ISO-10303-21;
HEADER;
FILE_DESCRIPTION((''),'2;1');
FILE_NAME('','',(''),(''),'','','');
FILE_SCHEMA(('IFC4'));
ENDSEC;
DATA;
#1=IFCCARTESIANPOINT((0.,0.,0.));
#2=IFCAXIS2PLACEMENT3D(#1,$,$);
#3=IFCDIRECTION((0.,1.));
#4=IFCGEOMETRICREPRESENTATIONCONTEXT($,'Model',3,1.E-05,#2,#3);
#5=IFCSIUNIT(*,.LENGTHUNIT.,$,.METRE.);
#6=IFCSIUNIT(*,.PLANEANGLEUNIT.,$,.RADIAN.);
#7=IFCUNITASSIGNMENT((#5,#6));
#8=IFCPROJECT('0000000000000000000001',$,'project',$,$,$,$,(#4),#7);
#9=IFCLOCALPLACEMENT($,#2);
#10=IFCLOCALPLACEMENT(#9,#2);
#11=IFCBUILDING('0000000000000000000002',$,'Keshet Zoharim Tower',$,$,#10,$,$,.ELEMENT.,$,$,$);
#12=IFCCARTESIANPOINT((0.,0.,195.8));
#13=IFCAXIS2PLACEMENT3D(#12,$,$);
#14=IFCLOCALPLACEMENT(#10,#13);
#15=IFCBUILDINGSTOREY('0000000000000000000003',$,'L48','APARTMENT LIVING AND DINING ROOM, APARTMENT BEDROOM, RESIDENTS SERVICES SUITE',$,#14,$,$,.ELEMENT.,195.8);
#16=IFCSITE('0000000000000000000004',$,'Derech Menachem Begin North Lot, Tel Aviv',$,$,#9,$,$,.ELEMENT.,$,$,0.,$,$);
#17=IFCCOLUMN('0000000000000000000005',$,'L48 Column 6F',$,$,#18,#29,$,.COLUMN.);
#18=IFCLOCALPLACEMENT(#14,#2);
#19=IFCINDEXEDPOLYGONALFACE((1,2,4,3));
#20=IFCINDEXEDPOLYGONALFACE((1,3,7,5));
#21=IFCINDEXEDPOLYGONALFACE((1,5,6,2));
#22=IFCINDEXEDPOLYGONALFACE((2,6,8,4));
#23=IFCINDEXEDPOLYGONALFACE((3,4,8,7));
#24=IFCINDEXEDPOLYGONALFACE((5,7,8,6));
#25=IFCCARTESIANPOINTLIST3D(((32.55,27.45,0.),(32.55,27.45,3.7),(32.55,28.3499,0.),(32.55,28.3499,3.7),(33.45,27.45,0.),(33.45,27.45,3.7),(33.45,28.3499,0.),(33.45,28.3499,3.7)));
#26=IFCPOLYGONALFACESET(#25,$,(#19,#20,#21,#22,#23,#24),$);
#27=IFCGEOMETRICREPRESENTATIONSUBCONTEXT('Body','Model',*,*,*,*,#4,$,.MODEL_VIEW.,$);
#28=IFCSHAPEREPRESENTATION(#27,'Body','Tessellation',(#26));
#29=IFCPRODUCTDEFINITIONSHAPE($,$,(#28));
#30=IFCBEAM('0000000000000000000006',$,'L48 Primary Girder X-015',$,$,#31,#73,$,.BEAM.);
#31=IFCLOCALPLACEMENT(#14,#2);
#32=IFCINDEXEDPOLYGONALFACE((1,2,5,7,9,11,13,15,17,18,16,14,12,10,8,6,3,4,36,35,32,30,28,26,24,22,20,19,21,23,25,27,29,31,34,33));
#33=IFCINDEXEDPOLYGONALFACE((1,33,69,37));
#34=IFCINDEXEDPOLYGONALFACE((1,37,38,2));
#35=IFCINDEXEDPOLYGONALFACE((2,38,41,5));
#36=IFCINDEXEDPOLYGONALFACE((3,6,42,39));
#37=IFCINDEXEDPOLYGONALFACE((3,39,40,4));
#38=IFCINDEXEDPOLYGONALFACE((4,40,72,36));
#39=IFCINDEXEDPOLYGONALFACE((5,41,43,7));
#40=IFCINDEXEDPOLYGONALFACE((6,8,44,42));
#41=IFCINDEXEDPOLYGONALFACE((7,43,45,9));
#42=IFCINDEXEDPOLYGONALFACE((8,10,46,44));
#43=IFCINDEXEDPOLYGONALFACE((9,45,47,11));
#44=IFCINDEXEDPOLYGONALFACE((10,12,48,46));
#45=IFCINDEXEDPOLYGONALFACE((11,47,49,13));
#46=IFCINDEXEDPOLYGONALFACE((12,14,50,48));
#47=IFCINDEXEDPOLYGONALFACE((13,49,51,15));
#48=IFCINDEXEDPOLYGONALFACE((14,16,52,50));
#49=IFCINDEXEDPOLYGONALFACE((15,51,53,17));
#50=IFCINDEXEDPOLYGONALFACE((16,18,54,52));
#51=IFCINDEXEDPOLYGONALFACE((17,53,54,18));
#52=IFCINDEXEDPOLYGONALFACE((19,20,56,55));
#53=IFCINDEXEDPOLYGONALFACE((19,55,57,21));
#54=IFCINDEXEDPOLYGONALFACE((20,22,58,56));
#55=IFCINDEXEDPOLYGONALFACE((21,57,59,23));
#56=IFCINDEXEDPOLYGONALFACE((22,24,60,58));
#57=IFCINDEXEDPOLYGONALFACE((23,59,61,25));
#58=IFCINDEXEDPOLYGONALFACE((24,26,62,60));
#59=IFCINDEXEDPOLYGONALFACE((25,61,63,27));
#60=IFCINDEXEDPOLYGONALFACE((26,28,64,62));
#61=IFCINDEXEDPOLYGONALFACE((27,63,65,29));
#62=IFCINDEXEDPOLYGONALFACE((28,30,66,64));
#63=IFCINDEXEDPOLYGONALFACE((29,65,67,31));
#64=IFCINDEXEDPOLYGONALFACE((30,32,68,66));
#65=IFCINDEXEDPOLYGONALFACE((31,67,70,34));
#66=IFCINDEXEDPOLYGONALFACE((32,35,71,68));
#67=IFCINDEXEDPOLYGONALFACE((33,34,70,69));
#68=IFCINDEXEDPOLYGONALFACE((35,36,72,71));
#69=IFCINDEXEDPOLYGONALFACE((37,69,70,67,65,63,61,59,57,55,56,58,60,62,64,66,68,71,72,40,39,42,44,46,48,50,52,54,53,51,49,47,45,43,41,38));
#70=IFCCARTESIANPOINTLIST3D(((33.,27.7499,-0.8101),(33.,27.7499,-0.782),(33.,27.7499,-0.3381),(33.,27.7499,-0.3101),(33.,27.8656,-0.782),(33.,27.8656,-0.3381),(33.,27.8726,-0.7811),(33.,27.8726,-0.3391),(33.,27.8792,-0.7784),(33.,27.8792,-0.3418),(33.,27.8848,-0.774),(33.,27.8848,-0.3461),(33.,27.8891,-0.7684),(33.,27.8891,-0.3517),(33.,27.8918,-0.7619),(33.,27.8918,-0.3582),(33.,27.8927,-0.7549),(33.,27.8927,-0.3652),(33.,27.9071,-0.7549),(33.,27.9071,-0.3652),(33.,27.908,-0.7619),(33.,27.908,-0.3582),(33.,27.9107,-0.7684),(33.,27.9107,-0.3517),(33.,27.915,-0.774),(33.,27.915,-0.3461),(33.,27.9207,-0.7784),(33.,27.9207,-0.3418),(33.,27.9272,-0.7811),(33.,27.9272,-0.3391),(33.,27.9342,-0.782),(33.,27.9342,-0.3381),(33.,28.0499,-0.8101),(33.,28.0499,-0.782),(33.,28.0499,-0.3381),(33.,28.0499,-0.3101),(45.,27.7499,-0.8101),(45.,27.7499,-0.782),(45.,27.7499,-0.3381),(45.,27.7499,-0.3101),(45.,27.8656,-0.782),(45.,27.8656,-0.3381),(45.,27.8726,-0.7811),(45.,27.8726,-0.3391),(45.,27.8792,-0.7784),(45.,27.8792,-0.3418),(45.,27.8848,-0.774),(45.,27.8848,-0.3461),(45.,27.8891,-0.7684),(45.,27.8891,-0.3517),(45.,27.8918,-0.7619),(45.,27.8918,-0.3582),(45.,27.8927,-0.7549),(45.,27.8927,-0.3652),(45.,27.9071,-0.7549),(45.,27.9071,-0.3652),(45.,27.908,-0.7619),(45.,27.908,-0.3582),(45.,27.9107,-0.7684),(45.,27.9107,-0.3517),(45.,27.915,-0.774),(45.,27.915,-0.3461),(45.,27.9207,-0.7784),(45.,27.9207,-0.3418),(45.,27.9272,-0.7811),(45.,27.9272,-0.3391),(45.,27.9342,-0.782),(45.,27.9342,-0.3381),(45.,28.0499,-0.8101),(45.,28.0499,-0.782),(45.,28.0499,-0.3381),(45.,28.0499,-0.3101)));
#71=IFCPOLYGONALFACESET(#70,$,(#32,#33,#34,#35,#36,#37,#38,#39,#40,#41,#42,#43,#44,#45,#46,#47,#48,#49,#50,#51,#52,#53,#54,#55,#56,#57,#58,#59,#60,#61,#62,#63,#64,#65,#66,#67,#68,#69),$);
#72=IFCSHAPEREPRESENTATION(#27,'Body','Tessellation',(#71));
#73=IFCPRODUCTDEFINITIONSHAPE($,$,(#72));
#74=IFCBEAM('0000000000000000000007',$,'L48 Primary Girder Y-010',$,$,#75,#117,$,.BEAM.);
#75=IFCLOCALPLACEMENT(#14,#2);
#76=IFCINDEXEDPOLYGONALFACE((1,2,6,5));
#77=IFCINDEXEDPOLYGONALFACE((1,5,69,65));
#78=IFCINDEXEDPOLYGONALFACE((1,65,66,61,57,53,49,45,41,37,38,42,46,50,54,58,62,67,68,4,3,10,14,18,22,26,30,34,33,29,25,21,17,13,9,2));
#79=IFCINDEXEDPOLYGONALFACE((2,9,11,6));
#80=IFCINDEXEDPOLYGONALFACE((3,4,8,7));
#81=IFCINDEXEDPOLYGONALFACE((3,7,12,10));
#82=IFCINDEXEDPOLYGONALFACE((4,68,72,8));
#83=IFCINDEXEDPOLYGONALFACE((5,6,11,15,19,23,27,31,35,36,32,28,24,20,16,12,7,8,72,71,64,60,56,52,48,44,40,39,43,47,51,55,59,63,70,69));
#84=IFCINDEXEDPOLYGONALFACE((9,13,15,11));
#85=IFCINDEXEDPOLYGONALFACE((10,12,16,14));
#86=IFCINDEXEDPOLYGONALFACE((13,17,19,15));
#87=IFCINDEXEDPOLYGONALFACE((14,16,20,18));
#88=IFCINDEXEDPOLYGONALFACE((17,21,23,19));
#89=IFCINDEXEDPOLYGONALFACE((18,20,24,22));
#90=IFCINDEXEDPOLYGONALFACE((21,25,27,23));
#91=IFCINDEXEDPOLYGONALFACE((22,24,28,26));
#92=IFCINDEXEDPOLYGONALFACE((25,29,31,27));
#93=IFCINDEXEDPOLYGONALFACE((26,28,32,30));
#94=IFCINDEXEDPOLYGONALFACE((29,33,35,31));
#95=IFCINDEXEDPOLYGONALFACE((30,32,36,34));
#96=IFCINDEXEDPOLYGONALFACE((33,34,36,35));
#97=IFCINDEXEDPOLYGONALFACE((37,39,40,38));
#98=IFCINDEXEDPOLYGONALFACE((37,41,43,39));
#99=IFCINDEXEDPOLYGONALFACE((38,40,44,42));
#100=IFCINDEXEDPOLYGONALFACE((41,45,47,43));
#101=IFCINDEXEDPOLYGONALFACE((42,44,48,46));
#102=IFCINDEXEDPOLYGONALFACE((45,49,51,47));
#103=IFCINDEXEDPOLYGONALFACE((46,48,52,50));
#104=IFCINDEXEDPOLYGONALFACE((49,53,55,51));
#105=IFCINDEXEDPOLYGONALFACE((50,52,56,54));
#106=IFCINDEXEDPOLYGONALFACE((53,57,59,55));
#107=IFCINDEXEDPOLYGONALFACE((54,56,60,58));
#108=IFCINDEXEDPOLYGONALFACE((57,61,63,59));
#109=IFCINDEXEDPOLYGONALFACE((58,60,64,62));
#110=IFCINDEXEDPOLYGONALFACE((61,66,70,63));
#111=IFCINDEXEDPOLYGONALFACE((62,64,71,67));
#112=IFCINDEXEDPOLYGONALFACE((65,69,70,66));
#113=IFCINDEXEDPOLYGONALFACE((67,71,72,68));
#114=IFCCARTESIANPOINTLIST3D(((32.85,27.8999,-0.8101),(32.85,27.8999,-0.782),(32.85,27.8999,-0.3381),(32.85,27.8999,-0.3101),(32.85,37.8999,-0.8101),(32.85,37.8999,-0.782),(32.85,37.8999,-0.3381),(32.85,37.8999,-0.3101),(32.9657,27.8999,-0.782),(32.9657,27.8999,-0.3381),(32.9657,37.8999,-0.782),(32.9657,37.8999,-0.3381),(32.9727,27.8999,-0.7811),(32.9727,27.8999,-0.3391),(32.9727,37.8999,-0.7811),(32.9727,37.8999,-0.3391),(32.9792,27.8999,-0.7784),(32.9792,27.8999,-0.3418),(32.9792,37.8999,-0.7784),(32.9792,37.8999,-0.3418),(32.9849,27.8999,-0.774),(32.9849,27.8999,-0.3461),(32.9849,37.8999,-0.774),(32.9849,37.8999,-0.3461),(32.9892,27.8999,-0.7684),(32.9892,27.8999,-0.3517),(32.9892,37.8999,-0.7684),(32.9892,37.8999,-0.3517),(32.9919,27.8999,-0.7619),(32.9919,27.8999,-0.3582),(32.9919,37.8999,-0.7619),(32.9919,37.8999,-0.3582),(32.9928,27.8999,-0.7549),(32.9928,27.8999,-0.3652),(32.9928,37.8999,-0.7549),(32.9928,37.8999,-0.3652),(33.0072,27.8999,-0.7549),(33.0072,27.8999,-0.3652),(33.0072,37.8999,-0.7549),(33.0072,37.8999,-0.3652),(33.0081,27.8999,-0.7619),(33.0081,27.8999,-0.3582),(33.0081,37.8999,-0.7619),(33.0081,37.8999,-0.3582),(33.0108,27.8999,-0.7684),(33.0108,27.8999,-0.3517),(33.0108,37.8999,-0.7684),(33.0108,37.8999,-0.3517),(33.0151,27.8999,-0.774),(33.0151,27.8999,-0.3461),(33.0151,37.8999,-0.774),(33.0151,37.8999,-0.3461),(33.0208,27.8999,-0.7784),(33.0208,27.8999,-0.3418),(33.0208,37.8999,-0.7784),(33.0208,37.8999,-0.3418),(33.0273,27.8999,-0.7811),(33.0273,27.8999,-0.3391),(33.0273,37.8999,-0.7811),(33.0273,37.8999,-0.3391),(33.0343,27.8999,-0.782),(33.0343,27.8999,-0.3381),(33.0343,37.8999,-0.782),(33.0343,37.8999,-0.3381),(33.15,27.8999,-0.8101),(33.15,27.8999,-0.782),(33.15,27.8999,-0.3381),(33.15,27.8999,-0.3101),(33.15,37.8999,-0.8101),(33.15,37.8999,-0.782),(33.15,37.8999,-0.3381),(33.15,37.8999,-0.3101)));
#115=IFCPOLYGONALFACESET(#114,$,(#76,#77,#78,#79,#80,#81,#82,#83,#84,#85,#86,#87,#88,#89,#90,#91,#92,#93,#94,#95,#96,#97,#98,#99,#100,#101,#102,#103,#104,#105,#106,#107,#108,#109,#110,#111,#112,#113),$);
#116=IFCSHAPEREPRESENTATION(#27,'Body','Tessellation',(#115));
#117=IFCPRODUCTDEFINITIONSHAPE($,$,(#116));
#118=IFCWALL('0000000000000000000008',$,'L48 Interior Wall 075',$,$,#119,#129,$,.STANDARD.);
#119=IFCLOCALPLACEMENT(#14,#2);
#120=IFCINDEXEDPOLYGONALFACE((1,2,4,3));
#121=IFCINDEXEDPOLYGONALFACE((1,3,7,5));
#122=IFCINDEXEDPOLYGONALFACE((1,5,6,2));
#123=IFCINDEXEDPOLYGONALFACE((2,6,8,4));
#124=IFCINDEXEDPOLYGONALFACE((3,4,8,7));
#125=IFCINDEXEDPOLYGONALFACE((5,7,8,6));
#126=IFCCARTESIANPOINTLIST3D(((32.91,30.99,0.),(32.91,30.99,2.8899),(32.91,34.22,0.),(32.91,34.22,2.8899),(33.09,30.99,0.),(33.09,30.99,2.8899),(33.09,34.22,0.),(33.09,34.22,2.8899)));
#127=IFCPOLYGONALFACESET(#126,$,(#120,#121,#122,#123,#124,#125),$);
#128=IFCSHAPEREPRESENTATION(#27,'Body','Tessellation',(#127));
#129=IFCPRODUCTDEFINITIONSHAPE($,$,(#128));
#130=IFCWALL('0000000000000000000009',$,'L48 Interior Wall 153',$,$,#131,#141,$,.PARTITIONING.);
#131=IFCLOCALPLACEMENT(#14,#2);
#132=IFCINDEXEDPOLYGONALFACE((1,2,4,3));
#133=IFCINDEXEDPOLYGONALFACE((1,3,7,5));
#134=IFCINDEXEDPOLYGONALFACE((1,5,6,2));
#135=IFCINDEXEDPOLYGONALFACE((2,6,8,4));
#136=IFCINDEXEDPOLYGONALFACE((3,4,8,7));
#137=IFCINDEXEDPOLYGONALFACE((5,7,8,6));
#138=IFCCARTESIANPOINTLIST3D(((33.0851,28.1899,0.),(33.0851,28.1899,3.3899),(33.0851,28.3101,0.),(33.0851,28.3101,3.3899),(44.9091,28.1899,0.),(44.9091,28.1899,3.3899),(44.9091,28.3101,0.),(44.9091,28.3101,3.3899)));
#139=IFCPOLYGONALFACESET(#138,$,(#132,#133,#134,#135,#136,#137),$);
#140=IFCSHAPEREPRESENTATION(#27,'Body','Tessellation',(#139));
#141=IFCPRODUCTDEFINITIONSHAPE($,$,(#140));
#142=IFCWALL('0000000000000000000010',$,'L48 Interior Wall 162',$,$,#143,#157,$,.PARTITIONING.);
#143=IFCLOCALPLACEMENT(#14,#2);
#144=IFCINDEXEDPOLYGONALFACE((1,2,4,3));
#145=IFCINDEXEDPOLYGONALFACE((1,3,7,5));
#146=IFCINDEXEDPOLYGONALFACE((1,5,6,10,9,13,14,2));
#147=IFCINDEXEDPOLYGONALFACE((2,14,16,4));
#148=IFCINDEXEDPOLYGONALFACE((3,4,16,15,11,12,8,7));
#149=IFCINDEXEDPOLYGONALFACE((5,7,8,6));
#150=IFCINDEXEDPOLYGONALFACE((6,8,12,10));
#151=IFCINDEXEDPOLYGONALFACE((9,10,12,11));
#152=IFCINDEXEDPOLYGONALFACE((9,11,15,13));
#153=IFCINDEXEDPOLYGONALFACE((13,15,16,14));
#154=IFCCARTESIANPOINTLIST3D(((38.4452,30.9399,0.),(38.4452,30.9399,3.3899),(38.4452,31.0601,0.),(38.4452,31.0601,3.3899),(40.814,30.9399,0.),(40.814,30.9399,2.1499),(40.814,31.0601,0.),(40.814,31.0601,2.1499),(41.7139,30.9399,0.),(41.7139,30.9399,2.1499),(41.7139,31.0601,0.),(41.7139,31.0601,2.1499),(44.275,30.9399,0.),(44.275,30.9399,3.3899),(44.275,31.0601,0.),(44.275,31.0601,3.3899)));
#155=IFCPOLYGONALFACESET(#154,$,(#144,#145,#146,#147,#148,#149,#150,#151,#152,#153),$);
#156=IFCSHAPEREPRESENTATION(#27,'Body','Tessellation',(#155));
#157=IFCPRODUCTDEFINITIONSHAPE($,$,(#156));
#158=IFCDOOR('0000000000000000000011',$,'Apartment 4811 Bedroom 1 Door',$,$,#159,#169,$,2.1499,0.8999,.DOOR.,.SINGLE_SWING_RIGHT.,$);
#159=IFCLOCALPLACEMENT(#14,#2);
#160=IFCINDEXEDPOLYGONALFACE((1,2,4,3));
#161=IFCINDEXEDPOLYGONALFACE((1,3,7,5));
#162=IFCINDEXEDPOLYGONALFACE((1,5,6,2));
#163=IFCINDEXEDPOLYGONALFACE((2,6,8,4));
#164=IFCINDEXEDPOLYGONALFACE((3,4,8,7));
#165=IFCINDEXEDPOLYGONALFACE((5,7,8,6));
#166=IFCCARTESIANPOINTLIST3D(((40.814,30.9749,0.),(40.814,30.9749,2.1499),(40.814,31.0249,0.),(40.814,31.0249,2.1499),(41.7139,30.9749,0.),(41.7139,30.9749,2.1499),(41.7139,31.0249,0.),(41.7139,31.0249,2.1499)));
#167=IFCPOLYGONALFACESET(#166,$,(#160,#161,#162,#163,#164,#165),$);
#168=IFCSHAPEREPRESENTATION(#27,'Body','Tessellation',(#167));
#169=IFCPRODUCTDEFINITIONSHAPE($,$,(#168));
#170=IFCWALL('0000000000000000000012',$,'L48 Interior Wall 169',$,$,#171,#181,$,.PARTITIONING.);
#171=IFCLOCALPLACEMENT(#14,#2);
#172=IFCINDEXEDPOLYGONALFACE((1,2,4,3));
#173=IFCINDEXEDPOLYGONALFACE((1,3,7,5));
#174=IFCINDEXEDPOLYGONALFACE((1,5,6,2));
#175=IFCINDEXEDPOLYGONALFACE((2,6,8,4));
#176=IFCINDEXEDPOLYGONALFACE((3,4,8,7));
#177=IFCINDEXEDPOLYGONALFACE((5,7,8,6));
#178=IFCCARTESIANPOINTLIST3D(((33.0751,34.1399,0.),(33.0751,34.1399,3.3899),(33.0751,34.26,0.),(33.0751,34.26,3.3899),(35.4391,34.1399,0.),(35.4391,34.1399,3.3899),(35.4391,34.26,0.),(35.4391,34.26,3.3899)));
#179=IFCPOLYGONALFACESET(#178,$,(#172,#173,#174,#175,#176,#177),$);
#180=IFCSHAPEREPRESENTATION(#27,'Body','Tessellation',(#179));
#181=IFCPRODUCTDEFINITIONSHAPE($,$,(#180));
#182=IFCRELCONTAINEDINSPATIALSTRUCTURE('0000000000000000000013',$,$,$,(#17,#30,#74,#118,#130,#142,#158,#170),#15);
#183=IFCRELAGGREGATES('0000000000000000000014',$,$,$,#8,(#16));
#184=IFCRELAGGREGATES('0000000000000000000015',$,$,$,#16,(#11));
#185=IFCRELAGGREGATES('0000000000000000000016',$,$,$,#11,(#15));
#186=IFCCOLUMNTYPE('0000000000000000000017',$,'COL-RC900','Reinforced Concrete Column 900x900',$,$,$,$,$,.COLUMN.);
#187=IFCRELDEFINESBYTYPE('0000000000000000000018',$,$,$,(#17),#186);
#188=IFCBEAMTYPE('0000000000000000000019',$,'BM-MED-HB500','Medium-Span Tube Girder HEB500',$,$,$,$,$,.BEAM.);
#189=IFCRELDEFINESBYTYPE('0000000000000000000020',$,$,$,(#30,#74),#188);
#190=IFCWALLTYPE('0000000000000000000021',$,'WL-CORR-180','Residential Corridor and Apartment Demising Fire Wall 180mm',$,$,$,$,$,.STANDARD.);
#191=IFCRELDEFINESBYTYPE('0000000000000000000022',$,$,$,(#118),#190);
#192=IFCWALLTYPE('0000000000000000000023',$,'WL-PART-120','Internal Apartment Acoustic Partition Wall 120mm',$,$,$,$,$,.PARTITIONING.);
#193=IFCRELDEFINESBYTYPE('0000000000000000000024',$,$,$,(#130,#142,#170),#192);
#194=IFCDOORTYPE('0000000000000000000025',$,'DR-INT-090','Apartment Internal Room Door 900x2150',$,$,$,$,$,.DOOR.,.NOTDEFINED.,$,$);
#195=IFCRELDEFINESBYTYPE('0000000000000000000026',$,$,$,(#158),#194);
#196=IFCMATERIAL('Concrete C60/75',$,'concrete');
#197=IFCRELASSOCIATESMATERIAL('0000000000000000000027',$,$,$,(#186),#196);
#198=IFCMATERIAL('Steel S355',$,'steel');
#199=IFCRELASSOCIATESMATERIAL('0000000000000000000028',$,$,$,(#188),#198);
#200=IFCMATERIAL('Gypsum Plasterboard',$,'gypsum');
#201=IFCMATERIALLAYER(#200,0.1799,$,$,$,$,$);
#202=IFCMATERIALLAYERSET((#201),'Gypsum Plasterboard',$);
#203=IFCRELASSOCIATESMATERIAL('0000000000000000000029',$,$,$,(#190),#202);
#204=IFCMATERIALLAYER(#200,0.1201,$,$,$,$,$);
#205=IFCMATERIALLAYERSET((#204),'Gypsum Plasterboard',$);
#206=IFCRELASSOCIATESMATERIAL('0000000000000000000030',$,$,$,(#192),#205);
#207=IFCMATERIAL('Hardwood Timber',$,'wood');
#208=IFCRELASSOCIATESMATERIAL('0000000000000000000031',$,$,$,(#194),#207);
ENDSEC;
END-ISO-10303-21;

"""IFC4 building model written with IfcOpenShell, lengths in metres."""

from ifc_helpers import new_model, si_unit, direction, frame, frame_2d, origin, origin_2d, place, context, subcontext, project, spatial, rectangle, i_section, extrude, material, layer, layer_set, material_profile, profile_set, type_object, element, fill, save


model = new_model("IFC4")

# Units and contexts
model_context = context("Model", 3, precision=1e-05, world=origin(), true_north=direction((0.0, 1.0)))
body_context = subcontext(model_context, "Body", "Model", "MODEL_VIEW")
ifc_project = project(units=[si_unit("LENGTHUNIT", "METRE"), si_unit("PLANEANGLEUNIT", "RADIAN")], contexts=[model_context])

# Site, building, storey
site_placement = place(None, origin())
site = spatial("IfcSite", under=ifc_project, at=site_placement, Name="Derech Menachem Begin North Lot, Tel Aviv", CompositionType="ELEMENT", RefElevation=0.0)
building_placement = place(site_placement, origin())
building = spatial("IfcBuilding", under=site, at=building_placement, Name="Keshet Zoharim Tower", CompositionType="ELEMENT")
storey_placement = place(building_placement, frame((0.0, 0.0, 195.8)))
storey = spatial("IfcBuildingStorey", under=building, at=storey_placement, Name="L48", Description="APARTMENT LIVING AND DINING ROOM, APARTMENT BEDROOM, RESIDENTS SERVICES SUITE", CompositionType="ELEMENT", Elevation=195.8)

# Column
ifc_material_1 = material(Name="Concrete C60/75", Category="concrete")
ifc_material_profile_1 = material_profile(ifc_material_1, rectangle(XDim=0.8999, YDim=0.8999, at=origin_2d()), Name="RC900x900")
ifc_profile_set_1 = profile_set([ifc_material_profile_1], Name="Concrete C60/75")
column_type = type_object("IfcColumnType", Name="COL-RC900", Description="Reinforced Concrete Column 900x900", PredefinedType="COLUMN", material=ifc_profile_set_1)
column_placement = place(storey_placement, frame((33.0, 27.8999, 0.0), z_axis=(0.0, 0.0, 1.0), x_axis=(1.0, 0.0, 0.0)))
element("IfcColumn", 1, at=column_placement, inside=storey, type_object=column_type, Name="L48 Column 6F", PredefinedType="COLUMN", context=body_context, shape_type="SweptSolid", body=[
    extrude(rectangle(XDim=0.8999, YDim=0.8999, at=origin_2d()), origin(), (0.0, 0.0, 1.0), 3.7),
])

# Beams
ifc_material_2 = material(Name="Steel S355", Category="steel")
ifc_material_profile_2 = material_profile(ifc_material_2, i_section(OverallWidth=0.3, OverallDepth=0.5, WebThickness=0.0144, FlangeThickness=0.0281, FilletRadius=0.0271, at=origin_2d()), Name="HEB500")
ifc_profile_set_2 = profile_set([ifc_material_profile_2], Name="Steel S355")
beam_type = type_object("IfcBeamType", Name="BM-MED-HB500", Description="Medium-Span Tube Girder HEB500", PredefinedType="BEAM", material=ifc_profile_set_2)
beam_1_placement = place(storey_placement, frame((33.0, 27.8999, -0.5601), z_axis=(1.0, 0.0, 0.0), x_axis=(0.0, 1.0, 0.0)))
element("IfcBeam", 2, at=beam_1_placement, inside=storey, type_object=beam_type, Name="L48 Primary Girder X-015", PredefinedType="BEAM", context=body_context, shape_type="SweptSolid", body=[
    extrude(i_section(OverallWidth=0.3, OverallDepth=0.5, WebThickness=0.0144, FlangeThickness=0.0281, FilletRadius=0.0271, at=origin_2d()), origin(), (0.0, 0.0, 1.0), 12.0),
])
beam_2_placement = place(storey_placement, frame((33.0, 27.8999, -0.5601), z_axis=(0.0, 1.0, 0.0), x_axis=(-1.0, 0.0, 0.0)))
element("IfcBeam", 3, at=beam_2_placement, inside=storey, type_object=beam_type, Name="L48 Primary Girder Y-010", PredefinedType="BEAM", context=body_context, shape_type="SweptSolid", body=[
    extrude(i_section(OverallWidth=0.3, OverallDepth=0.5, WebThickness=0.0144, FlangeThickness=0.0281, FilletRadius=0.0271, at=origin_2d()), origin(), (0.0, 0.0, 1.0), 10.0),
])

# Shared definitions
ifc_material_3 = material(Name="Gypsum Plasterboard", Category="gypsum")
ifc_layer_1 = layer(ifc_material_3, 0.1799)
ifc_layer_set_1 = layer_set([ifc_layer_1], Name="Gypsum Plasterboard")
wall_type_1 = type_object("IfcWallType", Name="WL-CORR-180", Description="Residential Corridor and Apartment Demising Fire Wall 180mm", PredefinedType="STANDARD", material=ifc_layer_set_1)
ifc_material_4 = material(Name="Hardwood Timber", Category="wood")

# Walls
wall_1_placement = place(storey_placement, frame((33.0, 30.99, 0.0), z_axis=(0.0, 0.0, 1.0), x_axis=(0.0, 1.0, 0.0)))
element("IfcWall", 4, at=wall_1_placement, inside=storey, type_object=wall_type_1, Name="L48 Interior Wall 075", PredefinedType="STANDARD", context=body_context, shape_type="SweptSolid", body=[
    extrude(rectangle(XDim=3.23, YDim=0.1799, at=frame_2d((1.615, 0.0))), origin(), (0.0, 0.0, 1.0), 2.8899),
])
ifc_layer_2 = layer(ifc_material_3, 0.1201)
ifc_layer_set_2 = layer_set([ifc_layer_2], Name="Gypsum Plasterboard")
wall_type_2 = type_object("IfcWallType", Name="WL-PART-120", Description="Internal Apartment Acoustic Partition Wall 120mm", PredefinedType="PARTITIONING", material=ifc_layer_set_2)
wall_2_placement = place(storey_placement, frame((33.085, 28.25, 0.0), z_axis=(0.0, 0.0, 1.0), x_axis=(1.0, 0.0, 0.0)))
element("IfcWall", 5, at=wall_2_placement, inside=storey, type_object=wall_type_2, Name="L48 Interior Wall 153", PredefinedType="PARTITIONING", context=body_context, shape_type="SweptSolid", body=[
    extrude(rectangle(XDim=11.824, YDim=0.1201, at=frame_2d((5.9121, 0.0))), origin(), (0.0, 0.0, 1.0), 3.3899),
])

# Wall, opening, door
door_type_1 = type_object("IfcDoorType", Name="DR-INT-090", Description="Apartment Internal Room Door 900x2150", OperationType="NOTDEFINED", PredefinedType="DOOR", material=ifc_material_4)
wall_3_placement = place(storey_placement, frame((38.4451, 31.0, 0.0), z_axis=(0.0, 0.0, 1.0), x_axis=(1.0, 0.0, 0.0)))
wall_3 = element("IfcWall", 6, at=wall_3_placement, inside=storey, type_object=wall_type_2, Name="L48 Interior Wall 162", PredefinedType="PARTITIONING", context=body_context, shape_type="SweptSolid", body=[
    extrude(rectangle(XDim=5.8298, YDim=0.1201, at=frame_2d((2.915, 0.0))), origin(), (0.0, 0.0, 1.0), 3.3899),
])
opening_1_placement = place(wall_3_placement, frame((2.3689, 0.0, 0.0)))
opening_1 = element("IfcOpeningElement", 7, at=opening_1_placement, cuts=wall_3, PredefinedType="OPENING", context=body_context, shape_type="SweptSolid", body=[
    extrude(rectangle(XDim=0.8999, YDim=2.1499, at=frame_2d((0.45, 1.075))), frame((0.0, 0.0701, 0.0), z_axis=(0.0, -1.0, 0.0), x_axis=(1.0, 0.0, 0.0)), (0.0, 0.0, 1.0), 0.1401),
])
door_1_placement = place(opening_1_placement, origin())
door_1 = element("IfcDoor", 8, at=door_1_placement, inside=storey, type_object=door_type_1, Name="Apartment 4811 Bedroom 1 Door", OperationType="SINGLE_SWING_RIGHT", OverallHeight=2.1499, OverallWidth=0.8999, PredefinedType="DOOR", context=body_context, shape_type="SweptSolid", body=[
    extrude(rectangle(XDim=0.8999, YDim=2.1499, at=frame_2d((0.45, 1.075))), frame((0.0, 0.0249, 0.0), z_axis=(0.0, -1.0, 0.0), x_axis=(1.0, 0.0, 0.0)), (0.0, 0.0, 1.0), 0.05),
])
fill(opening_1, door_1)

# Wall
wall_4_placement = place(storey_placement, frame((33.075, 34.2, 0.0), z_axis=(0.0, 0.0, 1.0), x_axis=(1.0, 0.0, 0.0)))
element("IfcWall", 9, at=wall_4_placement, inside=storey, type_object=wall_type_2, Name="L48 Interior Wall 169", PredefinedType="PARTITIONING", context=body_context, shape_type="SweptSolid", body=[
    extrude(rectangle(XDim=2.364, YDim=0.1201, at=frame_2d((1.1821, 0.0))), origin(), (0.0, 0.0, 1.0), 3.3899),
])

save(model, "model.ifc")
